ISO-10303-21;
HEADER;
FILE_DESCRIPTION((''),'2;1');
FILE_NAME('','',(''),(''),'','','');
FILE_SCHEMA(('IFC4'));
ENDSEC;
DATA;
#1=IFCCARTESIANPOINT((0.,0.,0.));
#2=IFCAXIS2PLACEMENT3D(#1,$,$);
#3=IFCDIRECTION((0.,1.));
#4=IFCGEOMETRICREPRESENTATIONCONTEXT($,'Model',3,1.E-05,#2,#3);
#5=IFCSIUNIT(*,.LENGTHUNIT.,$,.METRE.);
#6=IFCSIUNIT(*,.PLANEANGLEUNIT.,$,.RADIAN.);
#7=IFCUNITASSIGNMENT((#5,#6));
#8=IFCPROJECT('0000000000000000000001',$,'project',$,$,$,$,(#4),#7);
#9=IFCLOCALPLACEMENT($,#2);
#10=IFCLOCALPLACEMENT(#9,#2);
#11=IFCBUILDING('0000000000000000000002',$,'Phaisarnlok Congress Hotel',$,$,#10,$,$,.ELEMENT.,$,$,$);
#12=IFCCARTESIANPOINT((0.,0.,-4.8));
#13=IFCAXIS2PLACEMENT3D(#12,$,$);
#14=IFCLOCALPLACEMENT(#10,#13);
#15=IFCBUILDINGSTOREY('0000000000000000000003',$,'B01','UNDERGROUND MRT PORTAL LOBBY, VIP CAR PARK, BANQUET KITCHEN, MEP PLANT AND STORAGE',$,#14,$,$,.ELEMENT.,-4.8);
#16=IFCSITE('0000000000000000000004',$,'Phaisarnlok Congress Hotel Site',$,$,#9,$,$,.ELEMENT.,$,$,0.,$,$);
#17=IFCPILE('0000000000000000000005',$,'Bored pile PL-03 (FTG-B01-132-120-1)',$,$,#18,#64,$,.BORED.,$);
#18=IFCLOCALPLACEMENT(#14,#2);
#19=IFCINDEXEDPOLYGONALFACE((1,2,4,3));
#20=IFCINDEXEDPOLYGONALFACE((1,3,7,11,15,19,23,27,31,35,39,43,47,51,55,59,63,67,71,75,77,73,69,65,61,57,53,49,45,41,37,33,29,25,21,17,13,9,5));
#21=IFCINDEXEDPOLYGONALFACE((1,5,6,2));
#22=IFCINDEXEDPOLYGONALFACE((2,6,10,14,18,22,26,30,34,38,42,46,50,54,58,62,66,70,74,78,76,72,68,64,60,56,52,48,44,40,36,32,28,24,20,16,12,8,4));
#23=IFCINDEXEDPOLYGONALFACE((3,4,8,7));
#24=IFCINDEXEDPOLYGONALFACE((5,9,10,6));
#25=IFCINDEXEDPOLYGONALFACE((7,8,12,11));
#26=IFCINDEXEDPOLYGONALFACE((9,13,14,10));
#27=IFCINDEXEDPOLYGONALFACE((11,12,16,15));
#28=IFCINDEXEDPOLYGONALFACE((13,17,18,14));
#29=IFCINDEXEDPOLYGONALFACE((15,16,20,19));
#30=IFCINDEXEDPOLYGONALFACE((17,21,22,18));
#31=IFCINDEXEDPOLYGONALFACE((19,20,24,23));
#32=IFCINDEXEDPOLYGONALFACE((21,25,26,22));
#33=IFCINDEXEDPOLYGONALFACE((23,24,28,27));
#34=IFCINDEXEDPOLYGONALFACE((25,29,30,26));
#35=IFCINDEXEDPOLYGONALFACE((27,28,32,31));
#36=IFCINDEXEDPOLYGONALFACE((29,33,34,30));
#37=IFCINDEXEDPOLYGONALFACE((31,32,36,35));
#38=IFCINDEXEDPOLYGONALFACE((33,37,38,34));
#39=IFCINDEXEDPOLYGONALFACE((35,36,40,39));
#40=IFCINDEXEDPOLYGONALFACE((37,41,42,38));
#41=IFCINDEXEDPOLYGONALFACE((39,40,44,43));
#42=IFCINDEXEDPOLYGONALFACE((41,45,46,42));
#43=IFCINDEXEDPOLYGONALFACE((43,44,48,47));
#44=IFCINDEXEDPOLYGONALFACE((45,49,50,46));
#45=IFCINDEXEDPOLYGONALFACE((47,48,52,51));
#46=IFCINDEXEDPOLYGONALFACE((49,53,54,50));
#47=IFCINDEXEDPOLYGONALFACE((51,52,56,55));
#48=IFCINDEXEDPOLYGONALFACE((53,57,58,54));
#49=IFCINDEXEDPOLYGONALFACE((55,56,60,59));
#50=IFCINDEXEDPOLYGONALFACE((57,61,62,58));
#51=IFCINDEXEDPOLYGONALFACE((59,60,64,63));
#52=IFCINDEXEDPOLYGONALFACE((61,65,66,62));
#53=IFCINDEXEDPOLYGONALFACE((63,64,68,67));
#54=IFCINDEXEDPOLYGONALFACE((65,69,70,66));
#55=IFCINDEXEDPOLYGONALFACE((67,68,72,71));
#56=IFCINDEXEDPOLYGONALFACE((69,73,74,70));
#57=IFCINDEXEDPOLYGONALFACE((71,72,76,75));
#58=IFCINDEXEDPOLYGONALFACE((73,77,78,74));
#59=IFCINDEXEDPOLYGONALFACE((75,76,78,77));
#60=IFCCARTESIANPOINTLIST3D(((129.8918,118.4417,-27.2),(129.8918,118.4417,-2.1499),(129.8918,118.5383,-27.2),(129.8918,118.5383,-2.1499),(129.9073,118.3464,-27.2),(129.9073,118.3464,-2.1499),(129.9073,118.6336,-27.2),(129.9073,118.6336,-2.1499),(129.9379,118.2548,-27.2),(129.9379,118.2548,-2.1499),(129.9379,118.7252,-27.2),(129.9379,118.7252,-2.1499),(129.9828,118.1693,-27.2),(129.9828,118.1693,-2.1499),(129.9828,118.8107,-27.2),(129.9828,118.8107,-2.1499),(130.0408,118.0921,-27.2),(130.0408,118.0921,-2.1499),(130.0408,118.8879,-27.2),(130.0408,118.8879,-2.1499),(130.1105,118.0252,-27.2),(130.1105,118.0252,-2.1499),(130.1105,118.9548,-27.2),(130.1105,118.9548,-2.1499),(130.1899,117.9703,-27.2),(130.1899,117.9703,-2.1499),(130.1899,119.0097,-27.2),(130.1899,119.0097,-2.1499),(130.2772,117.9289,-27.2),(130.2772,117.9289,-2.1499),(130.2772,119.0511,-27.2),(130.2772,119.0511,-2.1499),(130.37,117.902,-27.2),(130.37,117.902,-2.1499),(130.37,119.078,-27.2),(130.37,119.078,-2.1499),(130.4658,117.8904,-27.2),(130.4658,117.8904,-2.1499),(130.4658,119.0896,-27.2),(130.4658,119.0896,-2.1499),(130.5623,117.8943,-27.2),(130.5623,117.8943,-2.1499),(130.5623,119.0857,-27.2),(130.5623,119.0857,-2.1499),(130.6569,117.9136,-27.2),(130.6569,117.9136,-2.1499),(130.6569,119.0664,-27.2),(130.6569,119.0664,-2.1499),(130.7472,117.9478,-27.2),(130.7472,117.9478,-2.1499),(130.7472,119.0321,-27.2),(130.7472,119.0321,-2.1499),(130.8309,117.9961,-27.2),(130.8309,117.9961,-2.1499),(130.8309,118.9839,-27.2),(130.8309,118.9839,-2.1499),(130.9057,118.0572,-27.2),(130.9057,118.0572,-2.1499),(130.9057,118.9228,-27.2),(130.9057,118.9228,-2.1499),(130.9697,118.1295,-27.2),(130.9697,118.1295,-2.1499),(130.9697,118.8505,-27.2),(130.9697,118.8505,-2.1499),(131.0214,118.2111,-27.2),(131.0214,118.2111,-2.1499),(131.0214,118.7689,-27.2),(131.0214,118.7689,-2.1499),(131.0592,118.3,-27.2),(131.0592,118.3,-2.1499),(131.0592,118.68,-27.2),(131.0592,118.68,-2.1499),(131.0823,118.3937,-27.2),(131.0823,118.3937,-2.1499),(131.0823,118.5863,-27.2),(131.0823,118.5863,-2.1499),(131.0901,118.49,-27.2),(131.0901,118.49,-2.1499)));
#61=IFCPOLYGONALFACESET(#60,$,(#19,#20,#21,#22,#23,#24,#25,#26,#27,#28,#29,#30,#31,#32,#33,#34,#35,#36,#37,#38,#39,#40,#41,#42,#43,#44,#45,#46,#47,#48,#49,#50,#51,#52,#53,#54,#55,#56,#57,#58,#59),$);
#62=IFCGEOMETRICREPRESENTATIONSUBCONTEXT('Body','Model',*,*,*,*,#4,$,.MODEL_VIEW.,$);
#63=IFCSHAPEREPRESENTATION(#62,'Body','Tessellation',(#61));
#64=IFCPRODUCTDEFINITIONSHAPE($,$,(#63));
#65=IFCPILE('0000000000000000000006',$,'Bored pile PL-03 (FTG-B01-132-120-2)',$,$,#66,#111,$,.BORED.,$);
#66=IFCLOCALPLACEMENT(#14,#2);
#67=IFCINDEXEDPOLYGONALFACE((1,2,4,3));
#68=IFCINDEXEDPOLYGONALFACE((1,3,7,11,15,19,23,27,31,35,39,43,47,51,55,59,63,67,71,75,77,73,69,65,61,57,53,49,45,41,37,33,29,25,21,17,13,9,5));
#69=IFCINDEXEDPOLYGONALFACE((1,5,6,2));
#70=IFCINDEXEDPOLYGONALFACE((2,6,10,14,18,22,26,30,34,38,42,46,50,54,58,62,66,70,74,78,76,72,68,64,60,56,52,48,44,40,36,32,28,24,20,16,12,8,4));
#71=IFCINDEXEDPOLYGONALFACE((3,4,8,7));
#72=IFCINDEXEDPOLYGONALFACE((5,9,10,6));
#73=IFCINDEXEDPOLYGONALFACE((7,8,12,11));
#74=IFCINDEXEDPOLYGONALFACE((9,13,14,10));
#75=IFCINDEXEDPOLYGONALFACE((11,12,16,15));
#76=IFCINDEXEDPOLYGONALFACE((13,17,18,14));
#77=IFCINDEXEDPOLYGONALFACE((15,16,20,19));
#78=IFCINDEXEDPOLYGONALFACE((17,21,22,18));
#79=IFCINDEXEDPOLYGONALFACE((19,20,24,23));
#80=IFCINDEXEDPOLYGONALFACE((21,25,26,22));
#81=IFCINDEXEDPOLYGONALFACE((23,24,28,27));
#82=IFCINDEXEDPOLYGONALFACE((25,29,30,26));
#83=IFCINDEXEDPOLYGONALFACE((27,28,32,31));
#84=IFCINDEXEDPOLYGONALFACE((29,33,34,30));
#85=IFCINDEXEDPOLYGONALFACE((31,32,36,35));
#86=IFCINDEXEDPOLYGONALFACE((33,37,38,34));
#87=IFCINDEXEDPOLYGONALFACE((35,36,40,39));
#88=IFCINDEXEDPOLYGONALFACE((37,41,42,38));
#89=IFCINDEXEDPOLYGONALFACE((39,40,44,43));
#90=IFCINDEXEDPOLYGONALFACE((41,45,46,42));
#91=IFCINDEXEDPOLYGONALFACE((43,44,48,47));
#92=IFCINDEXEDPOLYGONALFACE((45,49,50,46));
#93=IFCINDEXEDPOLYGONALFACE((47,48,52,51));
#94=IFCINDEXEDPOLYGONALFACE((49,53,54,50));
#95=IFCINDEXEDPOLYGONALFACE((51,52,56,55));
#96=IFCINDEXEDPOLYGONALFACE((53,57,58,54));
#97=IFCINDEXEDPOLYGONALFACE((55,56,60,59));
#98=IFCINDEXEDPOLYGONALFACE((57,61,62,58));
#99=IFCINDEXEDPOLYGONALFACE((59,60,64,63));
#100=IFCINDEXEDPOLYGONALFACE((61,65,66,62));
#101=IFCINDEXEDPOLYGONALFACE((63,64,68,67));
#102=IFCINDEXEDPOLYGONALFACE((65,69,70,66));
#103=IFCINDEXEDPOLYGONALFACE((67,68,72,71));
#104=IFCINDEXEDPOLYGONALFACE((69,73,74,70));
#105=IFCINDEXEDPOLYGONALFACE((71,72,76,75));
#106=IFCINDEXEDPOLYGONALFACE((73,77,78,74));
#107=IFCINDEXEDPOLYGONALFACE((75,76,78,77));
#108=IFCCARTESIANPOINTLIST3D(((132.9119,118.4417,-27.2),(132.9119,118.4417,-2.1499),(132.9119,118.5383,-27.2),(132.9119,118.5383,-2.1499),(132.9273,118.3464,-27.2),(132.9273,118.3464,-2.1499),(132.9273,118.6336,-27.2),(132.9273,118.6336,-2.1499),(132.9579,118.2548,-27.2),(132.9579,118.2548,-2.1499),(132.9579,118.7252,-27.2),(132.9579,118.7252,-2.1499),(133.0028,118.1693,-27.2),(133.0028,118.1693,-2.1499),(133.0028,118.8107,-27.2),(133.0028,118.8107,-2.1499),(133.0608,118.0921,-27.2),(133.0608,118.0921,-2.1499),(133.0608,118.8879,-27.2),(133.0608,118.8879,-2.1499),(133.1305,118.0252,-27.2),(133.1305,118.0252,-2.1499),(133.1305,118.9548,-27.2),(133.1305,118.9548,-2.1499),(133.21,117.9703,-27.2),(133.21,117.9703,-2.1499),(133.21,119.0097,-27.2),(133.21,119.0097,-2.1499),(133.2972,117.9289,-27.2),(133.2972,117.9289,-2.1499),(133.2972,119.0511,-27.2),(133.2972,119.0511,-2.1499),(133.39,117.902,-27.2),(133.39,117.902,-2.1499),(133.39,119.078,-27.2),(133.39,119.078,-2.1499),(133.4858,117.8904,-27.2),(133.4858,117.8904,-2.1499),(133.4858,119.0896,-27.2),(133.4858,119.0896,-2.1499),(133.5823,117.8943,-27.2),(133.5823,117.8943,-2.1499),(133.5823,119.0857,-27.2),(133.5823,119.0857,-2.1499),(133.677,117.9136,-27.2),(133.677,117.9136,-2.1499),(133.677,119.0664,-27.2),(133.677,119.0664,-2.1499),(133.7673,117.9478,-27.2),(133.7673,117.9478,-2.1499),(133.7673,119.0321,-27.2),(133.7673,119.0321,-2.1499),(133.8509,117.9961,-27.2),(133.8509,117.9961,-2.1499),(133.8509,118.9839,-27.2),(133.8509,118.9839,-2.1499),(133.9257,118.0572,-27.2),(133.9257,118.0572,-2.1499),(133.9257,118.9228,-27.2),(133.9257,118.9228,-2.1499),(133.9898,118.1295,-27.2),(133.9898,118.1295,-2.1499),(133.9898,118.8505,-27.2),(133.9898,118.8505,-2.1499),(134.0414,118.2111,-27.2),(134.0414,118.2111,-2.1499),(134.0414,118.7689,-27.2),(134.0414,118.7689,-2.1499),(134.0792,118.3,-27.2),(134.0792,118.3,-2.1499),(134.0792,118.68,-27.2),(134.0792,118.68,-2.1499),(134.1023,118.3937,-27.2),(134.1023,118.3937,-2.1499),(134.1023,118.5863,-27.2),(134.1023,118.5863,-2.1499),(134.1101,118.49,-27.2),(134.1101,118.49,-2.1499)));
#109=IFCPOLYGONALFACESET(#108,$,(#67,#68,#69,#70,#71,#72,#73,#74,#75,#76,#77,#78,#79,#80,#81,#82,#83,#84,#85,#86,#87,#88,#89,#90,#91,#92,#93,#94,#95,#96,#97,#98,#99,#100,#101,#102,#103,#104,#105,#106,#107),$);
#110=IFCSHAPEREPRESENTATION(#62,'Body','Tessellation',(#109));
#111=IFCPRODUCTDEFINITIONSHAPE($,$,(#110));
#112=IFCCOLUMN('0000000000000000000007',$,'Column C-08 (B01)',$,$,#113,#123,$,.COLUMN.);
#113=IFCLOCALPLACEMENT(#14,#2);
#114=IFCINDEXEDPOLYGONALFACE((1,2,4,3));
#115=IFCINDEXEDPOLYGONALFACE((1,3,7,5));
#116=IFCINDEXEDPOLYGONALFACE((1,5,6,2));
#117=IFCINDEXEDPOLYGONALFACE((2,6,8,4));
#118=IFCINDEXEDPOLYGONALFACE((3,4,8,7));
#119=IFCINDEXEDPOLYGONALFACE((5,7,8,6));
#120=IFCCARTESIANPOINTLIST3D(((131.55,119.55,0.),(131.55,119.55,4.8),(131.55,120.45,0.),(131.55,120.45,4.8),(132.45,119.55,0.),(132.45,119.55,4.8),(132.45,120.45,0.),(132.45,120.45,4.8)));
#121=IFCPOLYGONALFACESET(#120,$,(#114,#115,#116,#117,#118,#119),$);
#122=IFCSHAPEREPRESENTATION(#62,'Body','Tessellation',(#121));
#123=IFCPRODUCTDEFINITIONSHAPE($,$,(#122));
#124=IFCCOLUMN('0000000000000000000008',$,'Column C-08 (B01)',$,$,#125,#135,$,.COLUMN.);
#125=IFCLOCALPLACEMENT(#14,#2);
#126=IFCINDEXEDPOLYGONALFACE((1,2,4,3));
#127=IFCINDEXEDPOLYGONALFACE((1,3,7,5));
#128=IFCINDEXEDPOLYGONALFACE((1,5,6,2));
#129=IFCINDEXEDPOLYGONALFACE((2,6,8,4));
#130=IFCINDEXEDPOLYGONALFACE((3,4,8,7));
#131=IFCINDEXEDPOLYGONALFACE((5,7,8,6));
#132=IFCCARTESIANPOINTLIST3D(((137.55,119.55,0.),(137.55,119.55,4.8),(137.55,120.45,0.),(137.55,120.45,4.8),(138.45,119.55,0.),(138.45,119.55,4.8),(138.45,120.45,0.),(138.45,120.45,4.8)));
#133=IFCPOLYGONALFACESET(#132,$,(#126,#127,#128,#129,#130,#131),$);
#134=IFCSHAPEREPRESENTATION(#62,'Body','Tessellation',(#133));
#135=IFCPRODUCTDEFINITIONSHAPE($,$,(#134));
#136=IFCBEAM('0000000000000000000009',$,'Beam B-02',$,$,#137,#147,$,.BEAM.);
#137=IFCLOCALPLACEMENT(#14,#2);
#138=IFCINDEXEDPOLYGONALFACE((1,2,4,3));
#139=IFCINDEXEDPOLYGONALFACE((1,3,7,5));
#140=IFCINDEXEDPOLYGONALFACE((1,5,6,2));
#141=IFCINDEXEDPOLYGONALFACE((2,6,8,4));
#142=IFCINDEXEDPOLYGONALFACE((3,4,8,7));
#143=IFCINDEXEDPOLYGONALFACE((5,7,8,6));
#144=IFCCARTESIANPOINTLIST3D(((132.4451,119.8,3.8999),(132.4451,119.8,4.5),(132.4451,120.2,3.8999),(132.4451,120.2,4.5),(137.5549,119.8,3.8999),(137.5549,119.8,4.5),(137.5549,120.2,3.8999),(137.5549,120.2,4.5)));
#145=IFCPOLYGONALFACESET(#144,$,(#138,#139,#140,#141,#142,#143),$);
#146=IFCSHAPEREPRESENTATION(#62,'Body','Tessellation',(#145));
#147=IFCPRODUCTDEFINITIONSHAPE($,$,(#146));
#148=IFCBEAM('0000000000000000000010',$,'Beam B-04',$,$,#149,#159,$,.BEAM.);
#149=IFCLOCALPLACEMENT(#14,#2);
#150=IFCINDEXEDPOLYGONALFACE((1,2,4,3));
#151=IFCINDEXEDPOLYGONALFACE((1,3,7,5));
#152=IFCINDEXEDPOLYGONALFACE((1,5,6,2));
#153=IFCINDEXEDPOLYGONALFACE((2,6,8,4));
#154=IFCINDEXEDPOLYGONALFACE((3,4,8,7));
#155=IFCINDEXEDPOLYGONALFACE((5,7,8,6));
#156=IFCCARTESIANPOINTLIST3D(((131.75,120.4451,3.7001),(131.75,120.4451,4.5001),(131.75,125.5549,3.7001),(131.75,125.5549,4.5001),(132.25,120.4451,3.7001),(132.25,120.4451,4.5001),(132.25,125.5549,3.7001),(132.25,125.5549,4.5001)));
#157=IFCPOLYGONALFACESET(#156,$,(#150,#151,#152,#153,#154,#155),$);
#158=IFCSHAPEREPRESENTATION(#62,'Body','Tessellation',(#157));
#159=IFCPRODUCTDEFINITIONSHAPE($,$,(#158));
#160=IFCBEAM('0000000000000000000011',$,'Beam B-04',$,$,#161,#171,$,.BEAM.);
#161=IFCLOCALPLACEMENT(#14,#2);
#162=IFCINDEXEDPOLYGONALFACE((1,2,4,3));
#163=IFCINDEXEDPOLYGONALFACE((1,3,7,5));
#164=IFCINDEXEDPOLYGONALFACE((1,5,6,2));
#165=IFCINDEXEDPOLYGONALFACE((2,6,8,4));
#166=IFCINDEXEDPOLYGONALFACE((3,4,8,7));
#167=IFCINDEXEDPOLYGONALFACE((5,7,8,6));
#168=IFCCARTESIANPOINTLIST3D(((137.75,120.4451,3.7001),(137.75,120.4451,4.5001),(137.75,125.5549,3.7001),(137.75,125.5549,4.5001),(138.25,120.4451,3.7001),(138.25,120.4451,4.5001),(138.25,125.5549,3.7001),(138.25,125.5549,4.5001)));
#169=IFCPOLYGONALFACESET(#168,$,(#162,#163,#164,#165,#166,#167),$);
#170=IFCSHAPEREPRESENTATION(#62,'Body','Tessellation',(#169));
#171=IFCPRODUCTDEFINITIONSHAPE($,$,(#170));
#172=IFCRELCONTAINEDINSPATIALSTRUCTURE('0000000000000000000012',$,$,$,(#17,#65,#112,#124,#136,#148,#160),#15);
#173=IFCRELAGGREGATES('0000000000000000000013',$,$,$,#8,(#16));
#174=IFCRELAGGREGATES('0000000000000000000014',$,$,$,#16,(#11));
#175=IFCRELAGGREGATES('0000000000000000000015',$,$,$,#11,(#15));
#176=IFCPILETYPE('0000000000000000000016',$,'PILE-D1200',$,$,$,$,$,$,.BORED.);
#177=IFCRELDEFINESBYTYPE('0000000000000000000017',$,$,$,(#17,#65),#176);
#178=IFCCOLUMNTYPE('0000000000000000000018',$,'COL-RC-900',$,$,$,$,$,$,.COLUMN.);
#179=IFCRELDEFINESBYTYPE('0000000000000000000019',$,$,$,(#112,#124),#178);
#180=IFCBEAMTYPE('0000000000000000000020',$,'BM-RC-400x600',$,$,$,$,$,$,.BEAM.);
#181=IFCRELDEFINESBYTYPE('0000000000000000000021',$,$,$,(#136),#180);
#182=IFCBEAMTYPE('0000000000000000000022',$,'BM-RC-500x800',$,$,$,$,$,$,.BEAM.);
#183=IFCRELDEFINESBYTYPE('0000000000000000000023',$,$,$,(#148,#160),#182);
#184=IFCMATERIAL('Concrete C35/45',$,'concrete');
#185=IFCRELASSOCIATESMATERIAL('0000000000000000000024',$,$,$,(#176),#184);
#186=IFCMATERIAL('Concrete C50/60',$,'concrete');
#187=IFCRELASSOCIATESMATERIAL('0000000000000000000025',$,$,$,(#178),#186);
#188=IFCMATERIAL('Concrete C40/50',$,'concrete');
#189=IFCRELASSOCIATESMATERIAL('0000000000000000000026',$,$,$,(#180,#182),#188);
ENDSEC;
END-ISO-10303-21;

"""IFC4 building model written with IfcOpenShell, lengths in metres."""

from ifc_helpers import new_model, si_unit, direction, frame, origin, origin_2d, place, context, subcontext, project, spatial, rectangle, circle, extrude, material, material_profile, profile_set, type_object, element, save


model = new_model("IFC4")

# Units and contexts
model_context = context("Model", 3, precision=1e-05, world=origin(), true_north=direction((0.0, 1.0)))
body_context = subcontext(model_context, "Body", "Model", "MODEL_VIEW")
ifc_project = project(units=[si_unit("LENGTHUNIT", "METRE"), si_unit("PLANEANGLEUNIT", "RADIAN")], contexts=[model_context])

# Site, building, storey
site_placement = place(None, origin())
site = spatial("IfcSite", under=ifc_project, at=site_placement, Name="Phaisarnlok Congress Hotel Site", CompositionType="ELEMENT", RefElevation=0.0)
building_placement = place(site_placement, origin())
building = spatial("IfcBuilding", under=site, at=building_placement, Name="Phaisarnlok Congress Hotel", CompositionType="ELEMENT")
storey_placement = place(building_placement, frame((0.0, 0.0, -4.8)))
storey = spatial("IfcBuildingStorey", under=building, at=storey_placement, Name="B01", Description="UNDERGROUND MRT PORTAL LOBBY, VIP CAR PARK, BANQUET KITCHEN, MEP PLANT AND STORAGE", CompositionType="ELEMENT", Elevation=-4.8)

# Shared definitions
ifc_material_1 = material(Name="Concrete C40/50", Category="concrete")

# Piles
ifc_material_2 = material(Name="Concrete C35/45", Category="concrete")
ifc_material_profile_1 = material_profile(ifc_material_2, circle(Radius=0.6001, at=origin_2d()), Name="BORED PILE D1200")
ifc_profile_set_1 = profile_set([ifc_material_profile_1], Name="Concrete C35/45")
pile_type_1 = type_object("IfcPileType", Name="PILE-D1200", PredefinedType="BORED", material=ifc_profile_set_1)
for number, where, z_axis, x_axis, name in (
    (1, (130.49, 118.49, -2.1499), (0.0, 0.0, -1.0), (1.0, 0.0, 0.0), "Bored pile PL-03 (FTG-B01-132-120-1)"),
    (2, (133.51, 118.49, -2.1499), (0.0, 0.0, -1.0), (1.0, 0.0, 0.0), "Bored pile PL-03 (FTG-B01-132-120-2)"),
):
    element("IfcPile", number, at=place(storey_placement, frame(where, z_axis=z_axis, x_axis=x_axis)), inside=storey, type_object=pile_type_1, Name=name, PredefinedType="BORED", context=body_context, shape_type="SweptSolid", body=[
        extrude(circle(Radius=0.6001, at=origin_2d()), origin(), (0.0, 0.0, 1.0), 25.05),
    ])

# Columns
ifc_material_3 = material(Name="Concrete C50/60", Category="concrete")
ifc_material_profile_2 = material_profile(ifc_material_3, rectangle(XDim=0.8999, YDim=0.8999, at=origin_2d()), Name="RC 900x900")
ifc_profile_set_2 = profile_set([ifc_material_profile_2], Name="Concrete C50/60")
column_type = type_object("IfcColumnType", Name="COL-RC-900", PredefinedType="COLUMN", material=ifc_profile_set_2)
for number, where, z_axis, x_axis, name in (
    (3, (132.0, 120.0, 0.0), (0.0, 0.0, 1.0), (1.0, 0.0, 0.0), "Column C-08 (B01)"),
    (4, (138.0, 120.0, 0.0), (0.0, 0.0, 1.0), (1.0, 0.0, 0.0), "Column C-08 (B01)"),
):
    element("IfcColumn", number, at=place(storey_placement, frame(where, z_axis=z_axis, x_axis=x_axis)), inside=storey, type_object=column_type, Name=name, PredefinedType="COLUMN", context=body_context, shape_type="SweptSolid", body=[
        extrude(rectangle(XDim=0.8999, YDim=0.8999, at=origin_2d()), origin(), (0.0, 0.0, 1.0), 4.8),
    ])

# Beams
ifc_material_profile_3 = material_profile(ifc_material_1, rectangle(XDim=0.3999, YDim=0.6001, at=origin_2d()), Name="RC 400x600")
ifc_profile_set_3 = profile_set([ifc_material_profile_3], Name="Concrete C40/50")
beam_type_1 = type_object("IfcBeamType", Name="BM-RC-400x600", PredefinedType="BEAM", material=ifc_profile_set_3)
beam_1_placement = place(storey_placement, frame((132.4451, 120.0, 4.2), z_axis=(1.0, 0.0, 0.0), x_axis=(0.0, 1.0, 0.0)))
element("IfcBeam", 5, at=beam_1_placement, inside=storey, type_object=beam_type_1, Name="Beam B-02", PredefinedType="BEAM", context=body_context, shape_type="SweptSolid", body=[
    extrude(rectangle(XDim=0.3999, YDim=0.6001, at=origin_2d()), origin(), (0.0, 0.0, 1.0), 5.1099),
])
ifc_material_profile_4 = material_profile(ifc_material_1, rectangle(XDim=0.5, YDim=0.8, at=origin_2d()), Name="RC 500x800")
ifc_profile_set_4 = profile_set([ifc_material_profile_4], Name="Concrete C40/50")
beam_type_2 = type_object("IfcBeamType", Name="BM-RC-500x800", PredefinedType="BEAM", material=ifc_profile_set_4)
for number, where, z_axis, x_axis, name in (
    (6, (132.0, 120.4451, 4.1001), (0.0, 1.0, 0.0), (-1.0, 0.0, 0.0), "Beam B-04"),
    (7, (138.0, 120.4451, 4.1001), (0.0, 1.0, 0.0), (-1.0, 0.0, 0.0), "Beam B-04"),
):
    element("IfcBeam", number, at=place(storey_placement, frame(where, z_axis=z_axis, x_axis=x_axis)), inside=storey, type_object=beam_type_2, Name=name, PredefinedType="BEAM", context=body_context, shape_type="SweptSolid", body=[
        extrude(rectangle(XDim=0.5, YDim=0.8, at=origin_2d()), origin(), (0.0, 0.0, 1.0), 5.1099),
    ])

save(model, "model.ifc")
